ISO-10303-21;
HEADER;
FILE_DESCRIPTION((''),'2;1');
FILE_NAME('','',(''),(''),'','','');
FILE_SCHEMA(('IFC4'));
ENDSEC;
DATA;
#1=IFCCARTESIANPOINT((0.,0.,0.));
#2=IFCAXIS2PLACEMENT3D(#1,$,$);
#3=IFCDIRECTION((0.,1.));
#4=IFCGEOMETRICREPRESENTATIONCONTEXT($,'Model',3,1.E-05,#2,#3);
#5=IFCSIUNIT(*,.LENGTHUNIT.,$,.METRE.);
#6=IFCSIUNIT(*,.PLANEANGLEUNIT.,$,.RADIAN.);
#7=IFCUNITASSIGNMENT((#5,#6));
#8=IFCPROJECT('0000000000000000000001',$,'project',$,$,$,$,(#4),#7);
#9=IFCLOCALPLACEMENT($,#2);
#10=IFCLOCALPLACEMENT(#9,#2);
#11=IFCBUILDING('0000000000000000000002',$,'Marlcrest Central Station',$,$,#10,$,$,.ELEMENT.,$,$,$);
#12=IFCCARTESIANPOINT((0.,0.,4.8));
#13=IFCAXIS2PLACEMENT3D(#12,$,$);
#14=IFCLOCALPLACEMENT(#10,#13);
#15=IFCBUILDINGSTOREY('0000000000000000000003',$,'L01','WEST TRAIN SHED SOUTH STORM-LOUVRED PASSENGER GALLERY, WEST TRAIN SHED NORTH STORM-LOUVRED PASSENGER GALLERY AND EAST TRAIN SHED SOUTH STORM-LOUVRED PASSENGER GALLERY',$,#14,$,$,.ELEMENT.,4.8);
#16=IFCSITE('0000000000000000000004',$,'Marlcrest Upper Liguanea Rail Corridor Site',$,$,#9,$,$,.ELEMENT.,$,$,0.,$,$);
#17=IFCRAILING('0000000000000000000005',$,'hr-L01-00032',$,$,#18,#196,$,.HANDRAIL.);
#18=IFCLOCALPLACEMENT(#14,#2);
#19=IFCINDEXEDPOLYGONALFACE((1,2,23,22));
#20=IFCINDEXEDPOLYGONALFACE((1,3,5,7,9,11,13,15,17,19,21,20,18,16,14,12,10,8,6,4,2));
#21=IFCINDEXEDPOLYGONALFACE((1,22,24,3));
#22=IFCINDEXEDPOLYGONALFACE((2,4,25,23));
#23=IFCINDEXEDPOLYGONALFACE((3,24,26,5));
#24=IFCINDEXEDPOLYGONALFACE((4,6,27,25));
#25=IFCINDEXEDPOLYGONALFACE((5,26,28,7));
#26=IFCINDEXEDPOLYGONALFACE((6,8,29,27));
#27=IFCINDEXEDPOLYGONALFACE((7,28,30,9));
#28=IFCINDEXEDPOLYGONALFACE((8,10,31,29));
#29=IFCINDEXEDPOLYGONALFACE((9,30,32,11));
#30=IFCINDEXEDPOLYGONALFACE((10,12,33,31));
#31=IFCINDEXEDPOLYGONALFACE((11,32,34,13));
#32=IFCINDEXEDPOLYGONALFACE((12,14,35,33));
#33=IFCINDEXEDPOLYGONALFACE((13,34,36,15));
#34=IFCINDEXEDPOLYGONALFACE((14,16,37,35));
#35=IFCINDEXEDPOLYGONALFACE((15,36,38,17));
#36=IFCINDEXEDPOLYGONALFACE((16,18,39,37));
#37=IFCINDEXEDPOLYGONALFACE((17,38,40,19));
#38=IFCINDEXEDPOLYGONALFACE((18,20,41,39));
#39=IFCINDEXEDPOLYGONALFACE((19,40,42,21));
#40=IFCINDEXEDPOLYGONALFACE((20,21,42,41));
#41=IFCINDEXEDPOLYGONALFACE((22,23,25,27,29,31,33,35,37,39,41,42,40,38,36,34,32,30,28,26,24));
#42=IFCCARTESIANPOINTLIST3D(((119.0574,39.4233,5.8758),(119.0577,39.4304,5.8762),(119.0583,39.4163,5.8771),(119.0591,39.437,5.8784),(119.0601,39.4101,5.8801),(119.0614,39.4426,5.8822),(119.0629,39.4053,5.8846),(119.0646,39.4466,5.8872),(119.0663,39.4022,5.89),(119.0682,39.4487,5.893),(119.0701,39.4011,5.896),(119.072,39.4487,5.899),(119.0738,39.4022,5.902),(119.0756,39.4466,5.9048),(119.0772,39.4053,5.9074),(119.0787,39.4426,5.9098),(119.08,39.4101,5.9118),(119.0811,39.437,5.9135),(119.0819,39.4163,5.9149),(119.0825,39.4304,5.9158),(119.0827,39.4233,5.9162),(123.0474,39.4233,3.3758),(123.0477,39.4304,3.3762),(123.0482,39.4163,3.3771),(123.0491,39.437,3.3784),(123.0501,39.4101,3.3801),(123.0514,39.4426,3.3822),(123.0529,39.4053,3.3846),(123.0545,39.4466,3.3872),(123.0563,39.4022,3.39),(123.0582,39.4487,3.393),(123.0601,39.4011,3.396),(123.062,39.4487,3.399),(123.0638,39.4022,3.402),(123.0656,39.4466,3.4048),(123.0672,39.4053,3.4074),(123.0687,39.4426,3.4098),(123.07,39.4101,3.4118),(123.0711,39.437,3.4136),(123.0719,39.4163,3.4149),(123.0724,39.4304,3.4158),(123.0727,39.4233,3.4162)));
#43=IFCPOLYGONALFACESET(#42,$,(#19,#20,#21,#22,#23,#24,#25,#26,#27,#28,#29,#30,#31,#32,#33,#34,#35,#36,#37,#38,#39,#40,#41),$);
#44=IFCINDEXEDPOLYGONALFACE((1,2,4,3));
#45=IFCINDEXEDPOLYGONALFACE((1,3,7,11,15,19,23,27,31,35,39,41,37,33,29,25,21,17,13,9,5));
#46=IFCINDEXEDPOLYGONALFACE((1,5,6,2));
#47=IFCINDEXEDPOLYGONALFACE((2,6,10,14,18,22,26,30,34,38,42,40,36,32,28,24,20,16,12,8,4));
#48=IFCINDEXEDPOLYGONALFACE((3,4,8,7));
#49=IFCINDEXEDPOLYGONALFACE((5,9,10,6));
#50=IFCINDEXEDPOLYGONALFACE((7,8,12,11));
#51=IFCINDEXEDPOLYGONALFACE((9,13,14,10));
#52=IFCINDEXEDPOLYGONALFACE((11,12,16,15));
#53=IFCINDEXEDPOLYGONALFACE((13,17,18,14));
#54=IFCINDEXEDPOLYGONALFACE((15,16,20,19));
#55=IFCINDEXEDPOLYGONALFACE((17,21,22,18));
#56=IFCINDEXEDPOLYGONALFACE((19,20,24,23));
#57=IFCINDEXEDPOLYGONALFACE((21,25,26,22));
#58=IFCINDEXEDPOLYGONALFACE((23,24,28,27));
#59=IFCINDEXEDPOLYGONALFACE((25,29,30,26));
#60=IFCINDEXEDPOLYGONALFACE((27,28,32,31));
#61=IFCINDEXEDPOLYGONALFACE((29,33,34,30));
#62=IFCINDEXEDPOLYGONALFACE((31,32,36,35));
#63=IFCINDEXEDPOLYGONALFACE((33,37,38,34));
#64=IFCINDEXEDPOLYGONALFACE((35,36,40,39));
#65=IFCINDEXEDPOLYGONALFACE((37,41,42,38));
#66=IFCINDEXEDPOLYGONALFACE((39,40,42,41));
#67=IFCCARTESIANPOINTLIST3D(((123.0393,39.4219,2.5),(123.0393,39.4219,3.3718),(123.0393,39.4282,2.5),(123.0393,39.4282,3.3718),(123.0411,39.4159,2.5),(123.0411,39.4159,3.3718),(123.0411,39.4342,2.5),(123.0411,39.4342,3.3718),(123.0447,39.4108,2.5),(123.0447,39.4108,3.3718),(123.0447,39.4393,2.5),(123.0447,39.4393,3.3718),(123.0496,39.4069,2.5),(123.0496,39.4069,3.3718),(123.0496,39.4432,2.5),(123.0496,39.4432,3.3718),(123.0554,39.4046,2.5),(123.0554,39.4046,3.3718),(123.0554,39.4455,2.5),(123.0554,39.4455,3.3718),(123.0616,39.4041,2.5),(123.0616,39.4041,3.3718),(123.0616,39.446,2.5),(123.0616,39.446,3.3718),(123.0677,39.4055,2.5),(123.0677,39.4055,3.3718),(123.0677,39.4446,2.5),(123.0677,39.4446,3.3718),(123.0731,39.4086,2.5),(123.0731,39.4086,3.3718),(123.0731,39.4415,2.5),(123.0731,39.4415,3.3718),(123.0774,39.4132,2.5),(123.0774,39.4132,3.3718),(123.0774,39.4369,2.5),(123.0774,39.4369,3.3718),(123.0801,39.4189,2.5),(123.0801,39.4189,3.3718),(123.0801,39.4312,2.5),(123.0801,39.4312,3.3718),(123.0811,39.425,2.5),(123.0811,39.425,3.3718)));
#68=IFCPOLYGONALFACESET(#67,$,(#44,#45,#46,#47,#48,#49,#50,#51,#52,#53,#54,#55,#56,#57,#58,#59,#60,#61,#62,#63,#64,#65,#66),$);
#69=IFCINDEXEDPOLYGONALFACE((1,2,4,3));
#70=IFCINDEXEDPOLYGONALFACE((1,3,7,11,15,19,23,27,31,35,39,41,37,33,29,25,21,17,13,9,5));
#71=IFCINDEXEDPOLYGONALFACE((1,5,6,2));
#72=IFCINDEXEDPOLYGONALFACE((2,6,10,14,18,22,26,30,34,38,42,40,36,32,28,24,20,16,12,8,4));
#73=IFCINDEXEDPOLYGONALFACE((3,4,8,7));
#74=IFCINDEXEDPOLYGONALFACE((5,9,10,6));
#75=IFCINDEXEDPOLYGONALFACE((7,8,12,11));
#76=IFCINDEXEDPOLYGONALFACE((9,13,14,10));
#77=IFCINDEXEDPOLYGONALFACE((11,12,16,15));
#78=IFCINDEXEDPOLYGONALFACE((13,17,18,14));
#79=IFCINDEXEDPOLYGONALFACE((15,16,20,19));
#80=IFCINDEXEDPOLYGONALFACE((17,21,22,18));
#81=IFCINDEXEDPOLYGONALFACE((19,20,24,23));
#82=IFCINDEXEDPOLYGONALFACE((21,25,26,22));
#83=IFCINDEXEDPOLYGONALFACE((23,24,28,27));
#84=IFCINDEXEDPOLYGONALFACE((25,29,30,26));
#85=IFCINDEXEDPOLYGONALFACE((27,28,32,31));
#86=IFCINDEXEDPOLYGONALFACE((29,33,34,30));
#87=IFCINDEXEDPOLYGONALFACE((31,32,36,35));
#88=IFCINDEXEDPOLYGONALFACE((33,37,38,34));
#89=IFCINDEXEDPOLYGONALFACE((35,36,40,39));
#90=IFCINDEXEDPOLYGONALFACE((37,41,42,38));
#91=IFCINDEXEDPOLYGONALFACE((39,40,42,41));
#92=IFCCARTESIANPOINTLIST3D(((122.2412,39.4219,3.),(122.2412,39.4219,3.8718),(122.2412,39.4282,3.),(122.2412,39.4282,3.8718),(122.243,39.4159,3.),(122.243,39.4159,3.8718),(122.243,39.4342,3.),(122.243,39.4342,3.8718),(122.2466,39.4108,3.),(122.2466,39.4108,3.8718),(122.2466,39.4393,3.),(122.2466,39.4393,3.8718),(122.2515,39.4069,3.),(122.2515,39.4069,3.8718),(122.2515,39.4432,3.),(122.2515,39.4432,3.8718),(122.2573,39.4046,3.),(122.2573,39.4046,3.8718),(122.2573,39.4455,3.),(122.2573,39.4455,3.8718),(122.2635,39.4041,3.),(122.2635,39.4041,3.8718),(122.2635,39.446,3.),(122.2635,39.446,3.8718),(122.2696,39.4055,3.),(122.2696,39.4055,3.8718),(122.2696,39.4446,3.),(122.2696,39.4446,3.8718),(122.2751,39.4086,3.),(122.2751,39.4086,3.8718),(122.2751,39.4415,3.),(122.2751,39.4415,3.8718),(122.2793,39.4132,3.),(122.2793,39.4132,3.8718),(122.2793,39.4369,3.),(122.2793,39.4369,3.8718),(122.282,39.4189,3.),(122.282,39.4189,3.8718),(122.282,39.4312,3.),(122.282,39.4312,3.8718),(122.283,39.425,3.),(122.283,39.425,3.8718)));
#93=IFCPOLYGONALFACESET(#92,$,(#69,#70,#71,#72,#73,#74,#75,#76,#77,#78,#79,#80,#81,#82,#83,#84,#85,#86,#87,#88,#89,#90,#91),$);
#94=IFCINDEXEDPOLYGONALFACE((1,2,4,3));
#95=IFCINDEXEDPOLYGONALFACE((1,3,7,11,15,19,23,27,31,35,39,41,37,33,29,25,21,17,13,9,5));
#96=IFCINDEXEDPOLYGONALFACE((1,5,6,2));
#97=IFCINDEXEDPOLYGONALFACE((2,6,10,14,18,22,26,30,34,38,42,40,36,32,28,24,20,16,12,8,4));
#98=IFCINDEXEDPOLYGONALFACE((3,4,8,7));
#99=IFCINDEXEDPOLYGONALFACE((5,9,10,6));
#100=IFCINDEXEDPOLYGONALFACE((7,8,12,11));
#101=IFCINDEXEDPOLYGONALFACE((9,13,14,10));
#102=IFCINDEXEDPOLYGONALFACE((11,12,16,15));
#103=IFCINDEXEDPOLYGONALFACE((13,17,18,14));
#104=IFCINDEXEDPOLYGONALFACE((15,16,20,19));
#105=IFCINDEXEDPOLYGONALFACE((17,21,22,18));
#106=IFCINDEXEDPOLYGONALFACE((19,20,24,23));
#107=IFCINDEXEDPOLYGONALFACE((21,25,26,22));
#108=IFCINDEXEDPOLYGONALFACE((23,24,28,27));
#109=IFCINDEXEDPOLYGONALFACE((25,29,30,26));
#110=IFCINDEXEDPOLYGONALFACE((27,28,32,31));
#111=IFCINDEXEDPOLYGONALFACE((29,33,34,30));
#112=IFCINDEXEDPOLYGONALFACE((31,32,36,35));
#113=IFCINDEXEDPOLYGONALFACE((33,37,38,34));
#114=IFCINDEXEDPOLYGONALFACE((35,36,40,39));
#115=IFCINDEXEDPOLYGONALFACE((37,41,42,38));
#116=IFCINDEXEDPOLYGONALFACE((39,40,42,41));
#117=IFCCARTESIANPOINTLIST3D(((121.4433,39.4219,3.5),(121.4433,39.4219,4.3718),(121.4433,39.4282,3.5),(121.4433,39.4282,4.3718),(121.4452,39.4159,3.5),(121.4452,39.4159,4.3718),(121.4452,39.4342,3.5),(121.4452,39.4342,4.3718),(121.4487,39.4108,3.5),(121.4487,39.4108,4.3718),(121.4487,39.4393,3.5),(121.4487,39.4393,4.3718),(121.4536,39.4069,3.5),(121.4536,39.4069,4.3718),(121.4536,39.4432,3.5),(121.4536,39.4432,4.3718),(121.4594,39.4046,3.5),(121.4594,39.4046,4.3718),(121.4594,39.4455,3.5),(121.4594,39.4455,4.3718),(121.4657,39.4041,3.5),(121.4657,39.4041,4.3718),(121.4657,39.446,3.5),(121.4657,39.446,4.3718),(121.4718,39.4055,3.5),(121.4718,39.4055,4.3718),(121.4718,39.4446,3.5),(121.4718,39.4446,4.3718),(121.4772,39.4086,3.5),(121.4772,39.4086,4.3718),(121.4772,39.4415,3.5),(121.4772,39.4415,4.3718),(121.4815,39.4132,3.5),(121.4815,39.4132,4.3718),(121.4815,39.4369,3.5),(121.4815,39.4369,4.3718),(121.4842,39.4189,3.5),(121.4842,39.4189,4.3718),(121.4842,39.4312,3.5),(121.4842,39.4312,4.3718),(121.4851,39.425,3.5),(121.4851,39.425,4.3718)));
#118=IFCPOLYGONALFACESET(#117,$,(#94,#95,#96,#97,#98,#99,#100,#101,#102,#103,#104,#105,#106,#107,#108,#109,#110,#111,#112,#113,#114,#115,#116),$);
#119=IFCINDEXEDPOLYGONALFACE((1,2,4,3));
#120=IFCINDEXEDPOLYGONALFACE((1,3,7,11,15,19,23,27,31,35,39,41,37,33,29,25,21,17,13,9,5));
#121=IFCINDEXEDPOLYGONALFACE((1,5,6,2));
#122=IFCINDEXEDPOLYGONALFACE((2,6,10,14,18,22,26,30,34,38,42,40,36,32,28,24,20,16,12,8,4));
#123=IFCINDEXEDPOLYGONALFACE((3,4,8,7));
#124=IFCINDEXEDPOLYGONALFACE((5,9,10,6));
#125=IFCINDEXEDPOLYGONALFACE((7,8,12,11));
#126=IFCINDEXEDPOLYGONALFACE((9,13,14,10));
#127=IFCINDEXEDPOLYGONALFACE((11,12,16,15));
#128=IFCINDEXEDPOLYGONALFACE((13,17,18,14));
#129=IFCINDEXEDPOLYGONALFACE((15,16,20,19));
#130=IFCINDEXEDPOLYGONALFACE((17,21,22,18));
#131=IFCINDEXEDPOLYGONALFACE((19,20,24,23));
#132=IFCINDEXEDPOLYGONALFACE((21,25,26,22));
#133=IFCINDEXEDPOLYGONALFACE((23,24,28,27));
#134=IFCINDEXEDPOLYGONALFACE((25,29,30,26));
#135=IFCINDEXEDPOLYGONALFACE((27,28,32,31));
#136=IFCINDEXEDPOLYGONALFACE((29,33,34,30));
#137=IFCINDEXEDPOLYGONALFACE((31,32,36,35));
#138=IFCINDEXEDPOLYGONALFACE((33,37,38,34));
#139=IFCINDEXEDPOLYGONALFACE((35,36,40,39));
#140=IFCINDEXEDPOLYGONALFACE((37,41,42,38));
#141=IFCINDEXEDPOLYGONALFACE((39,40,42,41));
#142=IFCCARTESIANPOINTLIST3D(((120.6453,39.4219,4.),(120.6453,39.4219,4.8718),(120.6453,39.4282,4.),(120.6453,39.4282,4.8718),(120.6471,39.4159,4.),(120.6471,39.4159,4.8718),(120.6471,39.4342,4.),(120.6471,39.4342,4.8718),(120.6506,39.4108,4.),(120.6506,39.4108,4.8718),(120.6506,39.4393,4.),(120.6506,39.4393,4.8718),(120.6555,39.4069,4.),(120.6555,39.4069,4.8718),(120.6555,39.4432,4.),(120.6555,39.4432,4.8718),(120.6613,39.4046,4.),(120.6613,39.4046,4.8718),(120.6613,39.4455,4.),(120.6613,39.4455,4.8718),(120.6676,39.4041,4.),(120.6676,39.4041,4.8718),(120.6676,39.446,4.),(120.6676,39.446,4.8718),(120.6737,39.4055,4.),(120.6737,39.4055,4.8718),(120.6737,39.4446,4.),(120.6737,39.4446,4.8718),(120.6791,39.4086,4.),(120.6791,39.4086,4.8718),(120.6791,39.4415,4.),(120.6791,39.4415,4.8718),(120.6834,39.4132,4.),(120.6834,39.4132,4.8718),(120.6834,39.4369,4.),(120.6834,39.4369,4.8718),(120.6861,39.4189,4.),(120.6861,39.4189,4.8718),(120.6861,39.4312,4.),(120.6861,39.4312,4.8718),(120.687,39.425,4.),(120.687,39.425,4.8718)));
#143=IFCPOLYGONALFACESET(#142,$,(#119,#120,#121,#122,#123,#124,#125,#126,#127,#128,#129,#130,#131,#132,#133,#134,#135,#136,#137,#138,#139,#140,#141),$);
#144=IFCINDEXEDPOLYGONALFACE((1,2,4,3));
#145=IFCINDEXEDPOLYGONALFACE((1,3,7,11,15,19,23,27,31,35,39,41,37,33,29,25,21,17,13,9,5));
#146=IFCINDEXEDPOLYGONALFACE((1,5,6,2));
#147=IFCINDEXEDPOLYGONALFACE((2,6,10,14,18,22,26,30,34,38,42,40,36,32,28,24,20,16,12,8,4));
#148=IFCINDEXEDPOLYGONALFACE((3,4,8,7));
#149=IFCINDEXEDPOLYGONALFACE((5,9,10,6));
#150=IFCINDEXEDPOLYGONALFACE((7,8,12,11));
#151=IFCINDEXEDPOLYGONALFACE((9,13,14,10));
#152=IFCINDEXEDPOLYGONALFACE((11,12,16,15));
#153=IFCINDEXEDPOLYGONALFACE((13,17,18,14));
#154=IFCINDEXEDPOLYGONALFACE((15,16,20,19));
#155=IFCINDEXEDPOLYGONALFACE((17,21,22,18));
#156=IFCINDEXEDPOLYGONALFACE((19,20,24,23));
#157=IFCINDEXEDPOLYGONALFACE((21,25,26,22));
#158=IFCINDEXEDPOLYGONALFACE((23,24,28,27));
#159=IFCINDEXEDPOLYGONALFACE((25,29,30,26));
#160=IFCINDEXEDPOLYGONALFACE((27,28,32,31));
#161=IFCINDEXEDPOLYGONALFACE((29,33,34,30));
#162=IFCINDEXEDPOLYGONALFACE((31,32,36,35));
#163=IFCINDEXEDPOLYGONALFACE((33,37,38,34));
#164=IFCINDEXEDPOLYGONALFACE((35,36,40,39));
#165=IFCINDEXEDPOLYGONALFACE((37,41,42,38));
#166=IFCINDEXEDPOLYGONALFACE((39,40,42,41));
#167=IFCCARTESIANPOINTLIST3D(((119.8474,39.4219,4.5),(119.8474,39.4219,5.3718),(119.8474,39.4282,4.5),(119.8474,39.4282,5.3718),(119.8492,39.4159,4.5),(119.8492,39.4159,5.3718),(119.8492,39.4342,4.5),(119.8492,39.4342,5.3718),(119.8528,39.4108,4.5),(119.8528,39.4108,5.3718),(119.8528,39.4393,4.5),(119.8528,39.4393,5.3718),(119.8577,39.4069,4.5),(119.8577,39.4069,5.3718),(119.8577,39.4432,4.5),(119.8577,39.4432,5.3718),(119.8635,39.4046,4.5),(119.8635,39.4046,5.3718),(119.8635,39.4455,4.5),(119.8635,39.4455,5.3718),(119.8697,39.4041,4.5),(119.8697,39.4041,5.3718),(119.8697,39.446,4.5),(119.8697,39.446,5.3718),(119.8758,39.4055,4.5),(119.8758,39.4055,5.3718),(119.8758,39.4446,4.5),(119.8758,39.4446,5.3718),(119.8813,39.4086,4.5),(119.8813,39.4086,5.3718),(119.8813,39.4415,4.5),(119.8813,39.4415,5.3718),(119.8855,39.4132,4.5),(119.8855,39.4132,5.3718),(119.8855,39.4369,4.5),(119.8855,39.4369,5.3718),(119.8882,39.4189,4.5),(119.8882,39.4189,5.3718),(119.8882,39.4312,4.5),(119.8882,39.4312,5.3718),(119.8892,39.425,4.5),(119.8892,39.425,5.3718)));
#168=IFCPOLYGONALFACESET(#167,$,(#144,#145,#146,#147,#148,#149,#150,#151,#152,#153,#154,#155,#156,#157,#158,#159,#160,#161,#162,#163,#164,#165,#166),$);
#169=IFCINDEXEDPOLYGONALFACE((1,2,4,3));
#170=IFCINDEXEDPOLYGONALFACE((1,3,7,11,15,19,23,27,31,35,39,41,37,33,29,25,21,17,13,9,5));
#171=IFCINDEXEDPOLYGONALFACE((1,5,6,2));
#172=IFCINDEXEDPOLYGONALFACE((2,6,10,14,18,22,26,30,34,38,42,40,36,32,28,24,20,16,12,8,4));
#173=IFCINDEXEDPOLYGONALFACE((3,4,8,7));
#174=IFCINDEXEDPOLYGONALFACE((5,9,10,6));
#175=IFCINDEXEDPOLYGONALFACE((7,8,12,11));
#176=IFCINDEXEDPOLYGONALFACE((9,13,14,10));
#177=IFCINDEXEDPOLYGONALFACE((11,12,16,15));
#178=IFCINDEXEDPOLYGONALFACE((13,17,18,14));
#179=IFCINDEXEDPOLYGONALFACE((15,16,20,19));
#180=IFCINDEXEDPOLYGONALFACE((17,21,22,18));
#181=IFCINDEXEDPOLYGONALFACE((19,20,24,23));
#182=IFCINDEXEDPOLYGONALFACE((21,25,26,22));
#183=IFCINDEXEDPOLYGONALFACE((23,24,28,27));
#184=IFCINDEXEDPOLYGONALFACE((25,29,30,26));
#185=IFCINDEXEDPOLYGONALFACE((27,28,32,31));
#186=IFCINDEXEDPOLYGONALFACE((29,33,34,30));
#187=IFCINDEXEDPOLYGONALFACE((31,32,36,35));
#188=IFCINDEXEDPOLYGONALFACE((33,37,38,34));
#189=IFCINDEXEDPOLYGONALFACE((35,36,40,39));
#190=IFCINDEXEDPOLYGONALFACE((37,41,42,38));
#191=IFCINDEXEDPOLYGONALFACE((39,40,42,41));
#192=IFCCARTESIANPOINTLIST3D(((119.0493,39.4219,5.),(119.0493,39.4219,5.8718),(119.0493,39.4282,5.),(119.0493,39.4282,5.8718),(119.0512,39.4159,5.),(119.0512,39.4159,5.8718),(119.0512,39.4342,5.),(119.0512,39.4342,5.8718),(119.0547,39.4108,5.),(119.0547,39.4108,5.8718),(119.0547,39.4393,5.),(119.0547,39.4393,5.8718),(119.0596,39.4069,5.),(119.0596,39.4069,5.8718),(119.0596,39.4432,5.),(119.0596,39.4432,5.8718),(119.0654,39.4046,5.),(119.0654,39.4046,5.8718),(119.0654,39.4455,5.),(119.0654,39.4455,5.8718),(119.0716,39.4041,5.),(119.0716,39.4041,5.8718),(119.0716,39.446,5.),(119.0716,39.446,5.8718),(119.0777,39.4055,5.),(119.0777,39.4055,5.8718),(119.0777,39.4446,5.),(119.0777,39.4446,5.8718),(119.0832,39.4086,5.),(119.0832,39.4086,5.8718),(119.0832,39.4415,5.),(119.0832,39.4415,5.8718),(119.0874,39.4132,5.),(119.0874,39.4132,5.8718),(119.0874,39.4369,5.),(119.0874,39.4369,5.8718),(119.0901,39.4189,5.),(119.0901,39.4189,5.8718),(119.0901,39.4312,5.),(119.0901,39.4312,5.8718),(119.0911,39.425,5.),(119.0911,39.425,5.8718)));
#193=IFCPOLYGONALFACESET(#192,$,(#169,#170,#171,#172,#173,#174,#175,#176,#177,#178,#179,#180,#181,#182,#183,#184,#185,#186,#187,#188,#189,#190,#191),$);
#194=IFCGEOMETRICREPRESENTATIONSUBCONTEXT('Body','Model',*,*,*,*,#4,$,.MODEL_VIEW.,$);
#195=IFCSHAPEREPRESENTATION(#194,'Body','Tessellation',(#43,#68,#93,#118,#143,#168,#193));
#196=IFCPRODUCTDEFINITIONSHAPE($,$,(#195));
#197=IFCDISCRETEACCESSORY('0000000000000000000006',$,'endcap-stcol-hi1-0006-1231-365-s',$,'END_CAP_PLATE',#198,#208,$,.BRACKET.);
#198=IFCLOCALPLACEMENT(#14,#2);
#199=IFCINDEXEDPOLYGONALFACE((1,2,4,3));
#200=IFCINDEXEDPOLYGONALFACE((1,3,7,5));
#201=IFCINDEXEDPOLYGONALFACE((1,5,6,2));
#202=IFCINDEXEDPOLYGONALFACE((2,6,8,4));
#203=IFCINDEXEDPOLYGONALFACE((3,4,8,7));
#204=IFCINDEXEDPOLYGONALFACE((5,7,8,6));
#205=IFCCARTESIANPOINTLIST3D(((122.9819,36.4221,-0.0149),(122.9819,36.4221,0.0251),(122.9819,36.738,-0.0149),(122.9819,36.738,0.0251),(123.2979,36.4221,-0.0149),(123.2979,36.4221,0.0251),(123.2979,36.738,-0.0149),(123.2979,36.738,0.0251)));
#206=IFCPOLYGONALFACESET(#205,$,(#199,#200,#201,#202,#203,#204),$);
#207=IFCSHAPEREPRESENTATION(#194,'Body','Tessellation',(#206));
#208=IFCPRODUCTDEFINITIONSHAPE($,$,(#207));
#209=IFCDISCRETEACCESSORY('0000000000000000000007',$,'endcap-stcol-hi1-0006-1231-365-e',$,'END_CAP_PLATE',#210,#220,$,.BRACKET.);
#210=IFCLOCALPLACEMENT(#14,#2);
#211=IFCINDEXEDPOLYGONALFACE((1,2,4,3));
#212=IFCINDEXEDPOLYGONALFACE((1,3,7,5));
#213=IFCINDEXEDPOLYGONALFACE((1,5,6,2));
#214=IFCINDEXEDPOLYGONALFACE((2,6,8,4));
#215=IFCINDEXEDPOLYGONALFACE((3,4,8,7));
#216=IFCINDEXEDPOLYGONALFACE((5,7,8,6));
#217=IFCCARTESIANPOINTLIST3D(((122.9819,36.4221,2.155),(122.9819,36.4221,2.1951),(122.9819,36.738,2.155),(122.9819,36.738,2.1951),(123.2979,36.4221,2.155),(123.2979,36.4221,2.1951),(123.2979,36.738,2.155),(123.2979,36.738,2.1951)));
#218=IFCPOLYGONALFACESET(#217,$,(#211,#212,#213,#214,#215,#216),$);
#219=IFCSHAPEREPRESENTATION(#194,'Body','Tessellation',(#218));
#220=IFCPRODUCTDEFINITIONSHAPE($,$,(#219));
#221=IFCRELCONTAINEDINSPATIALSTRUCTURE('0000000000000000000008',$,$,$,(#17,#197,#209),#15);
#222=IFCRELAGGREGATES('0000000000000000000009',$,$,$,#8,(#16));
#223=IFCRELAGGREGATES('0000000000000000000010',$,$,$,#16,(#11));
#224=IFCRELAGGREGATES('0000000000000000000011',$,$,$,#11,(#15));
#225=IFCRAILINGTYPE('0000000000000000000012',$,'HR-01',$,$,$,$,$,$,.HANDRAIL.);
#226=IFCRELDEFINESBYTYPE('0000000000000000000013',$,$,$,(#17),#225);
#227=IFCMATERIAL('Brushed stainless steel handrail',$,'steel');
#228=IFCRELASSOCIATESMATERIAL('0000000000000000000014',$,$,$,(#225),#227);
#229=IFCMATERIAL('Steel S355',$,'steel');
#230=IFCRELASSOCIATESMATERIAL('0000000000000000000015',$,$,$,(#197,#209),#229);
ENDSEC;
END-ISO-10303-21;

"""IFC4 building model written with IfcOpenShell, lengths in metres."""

from ifc_helpers import new_model, si_unit, direction, frame, origin, origin_2d, place, context, subcontext, project, spatial, rectangle, circle, extrude, material, type_object, element, save


model = new_model("IFC4")

# Units and contexts
model_context = context("Model", 3, precision=1e-05, world=origin(), true_north=direction((0.0, 1.0)))
body_context = subcontext(model_context, "Body", "Model", "MODEL_VIEW")
ifc_project = project(units=[si_unit("LENGTHUNIT", "METRE"), si_unit("PLANEANGLEUNIT", "RADIAN")], contexts=[model_context])

# Site, building, storey
site_placement = place(None, origin())
site = spatial("IfcSite", under=ifc_project, at=site_placement, Name="Marlcrest Upper Liguanea Rail Corridor Site", CompositionType="ELEMENT", RefElevation=0.0)
building_placement = place(site_placement, origin())
building = spatial("IfcBuilding", under=site, at=building_placement, Name="Marlcrest Central Station", CompositionType="ELEMENT")
storey_placement = place(building_placement, frame((0.0, 0.0, 4.8)))
storey = spatial("IfcBuildingStorey", under=building, at=storey_placement, Name="L01", Description="WEST TRAIN SHED SOUTH STORM-LOUVRED PASSENGER GALLERY, WEST TRAIN SHED NORTH STORM-LOUVRED PASSENGER GALLERY AND EAST TRAIN SHED SOUTH STORM-LOUVRED PASSENGER GALLERY", CompositionType="ELEMENT", Elevation=4.8)

# Shared definitions
ifc_material_1 = material(Name="Steel S355", Category="steel")

# Railing
ifc_material_2 = material(Name="Brushed stainless steel handrail", Category="steel")
railing_type_1 = type_object("IfcRailingType", Name="HR-01", PredefinedType="HANDRAIL", material=ifc_material_2)
railing_1_placement = place(storey_placement, frame((123.0601, 39.425, 2.5)))
element("IfcRailing", 1, at=railing_1_placement, inside=storey, type_object=railing_type_1, Name="hr-L01-00032", PredefinedType="HANDRAIL", context=body_context, shape_type="SweptSolid", body=[
    extrude(circle(Radius=0.0239, at=origin_2d()), frame((0.0, 0.0, 0.896), z_axis=(-0.847401, 0.0, 0.530954), x_axis=(0.0, -1.0, 0.0)), (0.0, 0.0, 1.0), 4.7085),
    extrude(circle(Radius=0.021, at=origin_2d()), origin(), (0.0, 0.0, 1.0), 0.8718),
    extrude(circle(Radius=0.021, at=origin_2d()), frame((-0.7981, 0.0, 0.5)), (0.0, 0.0, 1.0), 0.8718),
    extrude(circle(Radius=0.021, at=origin_2d()), frame((-1.5959, 0.0, 1.0)), (0.0, 0.0, 1.0), 0.8718),
    extrude(circle(Radius=0.021, at=origin_2d()), frame((-2.394, 0.0, 1.5)), (0.0, 0.0, 1.0), 0.8718),
    extrude(circle(Radius=0.021, at=origin_2d()), frame((-3.1919, 0.0, 2.0)), (0.0, 0.0, 1.0), 0.8718),
    extrude(circle(Radius=0.021, at=origin_2d()), frame((-3.99, 0.0, 2.5)), (0.0, 0.0, 1.0), 0.8718),
])

# Discrete accessories
for number, where, z_axis, x_axis, name in (
    (2, (123.1399, 36.5801, -0.0149), (0.0, 0.0, 1.0), (1.0, 0.0, 0.0), "endcap-stcol-hi1-0006-1231-365-s"),
    (3, (123.1399, 36.5801, 2.155), (0.0, 0.0, 1.0), (1.0, 0.0, 0.0), "endcap-stcol-hi1-0006-1231-365-e"),
):
    element("IfcDiscreteAccessory", number, at=place(storey_placement, frame(where, z_axis=z_axis, x_axis=x_axis)), inside=storey, material=ifc_material_1, Name=name, ObjectType="END_CAP_PLATE", PredefinedType="BRACKET", context=body_context, shape_type="SweptSolid", body=[
        extrude(rectangle(XDim=0.3159, YDim=0.3159, at=origin_2d()), origin(), (0.0, 0.0, 1.0), 0.04),
    ])

save(model, "model.ifc")
